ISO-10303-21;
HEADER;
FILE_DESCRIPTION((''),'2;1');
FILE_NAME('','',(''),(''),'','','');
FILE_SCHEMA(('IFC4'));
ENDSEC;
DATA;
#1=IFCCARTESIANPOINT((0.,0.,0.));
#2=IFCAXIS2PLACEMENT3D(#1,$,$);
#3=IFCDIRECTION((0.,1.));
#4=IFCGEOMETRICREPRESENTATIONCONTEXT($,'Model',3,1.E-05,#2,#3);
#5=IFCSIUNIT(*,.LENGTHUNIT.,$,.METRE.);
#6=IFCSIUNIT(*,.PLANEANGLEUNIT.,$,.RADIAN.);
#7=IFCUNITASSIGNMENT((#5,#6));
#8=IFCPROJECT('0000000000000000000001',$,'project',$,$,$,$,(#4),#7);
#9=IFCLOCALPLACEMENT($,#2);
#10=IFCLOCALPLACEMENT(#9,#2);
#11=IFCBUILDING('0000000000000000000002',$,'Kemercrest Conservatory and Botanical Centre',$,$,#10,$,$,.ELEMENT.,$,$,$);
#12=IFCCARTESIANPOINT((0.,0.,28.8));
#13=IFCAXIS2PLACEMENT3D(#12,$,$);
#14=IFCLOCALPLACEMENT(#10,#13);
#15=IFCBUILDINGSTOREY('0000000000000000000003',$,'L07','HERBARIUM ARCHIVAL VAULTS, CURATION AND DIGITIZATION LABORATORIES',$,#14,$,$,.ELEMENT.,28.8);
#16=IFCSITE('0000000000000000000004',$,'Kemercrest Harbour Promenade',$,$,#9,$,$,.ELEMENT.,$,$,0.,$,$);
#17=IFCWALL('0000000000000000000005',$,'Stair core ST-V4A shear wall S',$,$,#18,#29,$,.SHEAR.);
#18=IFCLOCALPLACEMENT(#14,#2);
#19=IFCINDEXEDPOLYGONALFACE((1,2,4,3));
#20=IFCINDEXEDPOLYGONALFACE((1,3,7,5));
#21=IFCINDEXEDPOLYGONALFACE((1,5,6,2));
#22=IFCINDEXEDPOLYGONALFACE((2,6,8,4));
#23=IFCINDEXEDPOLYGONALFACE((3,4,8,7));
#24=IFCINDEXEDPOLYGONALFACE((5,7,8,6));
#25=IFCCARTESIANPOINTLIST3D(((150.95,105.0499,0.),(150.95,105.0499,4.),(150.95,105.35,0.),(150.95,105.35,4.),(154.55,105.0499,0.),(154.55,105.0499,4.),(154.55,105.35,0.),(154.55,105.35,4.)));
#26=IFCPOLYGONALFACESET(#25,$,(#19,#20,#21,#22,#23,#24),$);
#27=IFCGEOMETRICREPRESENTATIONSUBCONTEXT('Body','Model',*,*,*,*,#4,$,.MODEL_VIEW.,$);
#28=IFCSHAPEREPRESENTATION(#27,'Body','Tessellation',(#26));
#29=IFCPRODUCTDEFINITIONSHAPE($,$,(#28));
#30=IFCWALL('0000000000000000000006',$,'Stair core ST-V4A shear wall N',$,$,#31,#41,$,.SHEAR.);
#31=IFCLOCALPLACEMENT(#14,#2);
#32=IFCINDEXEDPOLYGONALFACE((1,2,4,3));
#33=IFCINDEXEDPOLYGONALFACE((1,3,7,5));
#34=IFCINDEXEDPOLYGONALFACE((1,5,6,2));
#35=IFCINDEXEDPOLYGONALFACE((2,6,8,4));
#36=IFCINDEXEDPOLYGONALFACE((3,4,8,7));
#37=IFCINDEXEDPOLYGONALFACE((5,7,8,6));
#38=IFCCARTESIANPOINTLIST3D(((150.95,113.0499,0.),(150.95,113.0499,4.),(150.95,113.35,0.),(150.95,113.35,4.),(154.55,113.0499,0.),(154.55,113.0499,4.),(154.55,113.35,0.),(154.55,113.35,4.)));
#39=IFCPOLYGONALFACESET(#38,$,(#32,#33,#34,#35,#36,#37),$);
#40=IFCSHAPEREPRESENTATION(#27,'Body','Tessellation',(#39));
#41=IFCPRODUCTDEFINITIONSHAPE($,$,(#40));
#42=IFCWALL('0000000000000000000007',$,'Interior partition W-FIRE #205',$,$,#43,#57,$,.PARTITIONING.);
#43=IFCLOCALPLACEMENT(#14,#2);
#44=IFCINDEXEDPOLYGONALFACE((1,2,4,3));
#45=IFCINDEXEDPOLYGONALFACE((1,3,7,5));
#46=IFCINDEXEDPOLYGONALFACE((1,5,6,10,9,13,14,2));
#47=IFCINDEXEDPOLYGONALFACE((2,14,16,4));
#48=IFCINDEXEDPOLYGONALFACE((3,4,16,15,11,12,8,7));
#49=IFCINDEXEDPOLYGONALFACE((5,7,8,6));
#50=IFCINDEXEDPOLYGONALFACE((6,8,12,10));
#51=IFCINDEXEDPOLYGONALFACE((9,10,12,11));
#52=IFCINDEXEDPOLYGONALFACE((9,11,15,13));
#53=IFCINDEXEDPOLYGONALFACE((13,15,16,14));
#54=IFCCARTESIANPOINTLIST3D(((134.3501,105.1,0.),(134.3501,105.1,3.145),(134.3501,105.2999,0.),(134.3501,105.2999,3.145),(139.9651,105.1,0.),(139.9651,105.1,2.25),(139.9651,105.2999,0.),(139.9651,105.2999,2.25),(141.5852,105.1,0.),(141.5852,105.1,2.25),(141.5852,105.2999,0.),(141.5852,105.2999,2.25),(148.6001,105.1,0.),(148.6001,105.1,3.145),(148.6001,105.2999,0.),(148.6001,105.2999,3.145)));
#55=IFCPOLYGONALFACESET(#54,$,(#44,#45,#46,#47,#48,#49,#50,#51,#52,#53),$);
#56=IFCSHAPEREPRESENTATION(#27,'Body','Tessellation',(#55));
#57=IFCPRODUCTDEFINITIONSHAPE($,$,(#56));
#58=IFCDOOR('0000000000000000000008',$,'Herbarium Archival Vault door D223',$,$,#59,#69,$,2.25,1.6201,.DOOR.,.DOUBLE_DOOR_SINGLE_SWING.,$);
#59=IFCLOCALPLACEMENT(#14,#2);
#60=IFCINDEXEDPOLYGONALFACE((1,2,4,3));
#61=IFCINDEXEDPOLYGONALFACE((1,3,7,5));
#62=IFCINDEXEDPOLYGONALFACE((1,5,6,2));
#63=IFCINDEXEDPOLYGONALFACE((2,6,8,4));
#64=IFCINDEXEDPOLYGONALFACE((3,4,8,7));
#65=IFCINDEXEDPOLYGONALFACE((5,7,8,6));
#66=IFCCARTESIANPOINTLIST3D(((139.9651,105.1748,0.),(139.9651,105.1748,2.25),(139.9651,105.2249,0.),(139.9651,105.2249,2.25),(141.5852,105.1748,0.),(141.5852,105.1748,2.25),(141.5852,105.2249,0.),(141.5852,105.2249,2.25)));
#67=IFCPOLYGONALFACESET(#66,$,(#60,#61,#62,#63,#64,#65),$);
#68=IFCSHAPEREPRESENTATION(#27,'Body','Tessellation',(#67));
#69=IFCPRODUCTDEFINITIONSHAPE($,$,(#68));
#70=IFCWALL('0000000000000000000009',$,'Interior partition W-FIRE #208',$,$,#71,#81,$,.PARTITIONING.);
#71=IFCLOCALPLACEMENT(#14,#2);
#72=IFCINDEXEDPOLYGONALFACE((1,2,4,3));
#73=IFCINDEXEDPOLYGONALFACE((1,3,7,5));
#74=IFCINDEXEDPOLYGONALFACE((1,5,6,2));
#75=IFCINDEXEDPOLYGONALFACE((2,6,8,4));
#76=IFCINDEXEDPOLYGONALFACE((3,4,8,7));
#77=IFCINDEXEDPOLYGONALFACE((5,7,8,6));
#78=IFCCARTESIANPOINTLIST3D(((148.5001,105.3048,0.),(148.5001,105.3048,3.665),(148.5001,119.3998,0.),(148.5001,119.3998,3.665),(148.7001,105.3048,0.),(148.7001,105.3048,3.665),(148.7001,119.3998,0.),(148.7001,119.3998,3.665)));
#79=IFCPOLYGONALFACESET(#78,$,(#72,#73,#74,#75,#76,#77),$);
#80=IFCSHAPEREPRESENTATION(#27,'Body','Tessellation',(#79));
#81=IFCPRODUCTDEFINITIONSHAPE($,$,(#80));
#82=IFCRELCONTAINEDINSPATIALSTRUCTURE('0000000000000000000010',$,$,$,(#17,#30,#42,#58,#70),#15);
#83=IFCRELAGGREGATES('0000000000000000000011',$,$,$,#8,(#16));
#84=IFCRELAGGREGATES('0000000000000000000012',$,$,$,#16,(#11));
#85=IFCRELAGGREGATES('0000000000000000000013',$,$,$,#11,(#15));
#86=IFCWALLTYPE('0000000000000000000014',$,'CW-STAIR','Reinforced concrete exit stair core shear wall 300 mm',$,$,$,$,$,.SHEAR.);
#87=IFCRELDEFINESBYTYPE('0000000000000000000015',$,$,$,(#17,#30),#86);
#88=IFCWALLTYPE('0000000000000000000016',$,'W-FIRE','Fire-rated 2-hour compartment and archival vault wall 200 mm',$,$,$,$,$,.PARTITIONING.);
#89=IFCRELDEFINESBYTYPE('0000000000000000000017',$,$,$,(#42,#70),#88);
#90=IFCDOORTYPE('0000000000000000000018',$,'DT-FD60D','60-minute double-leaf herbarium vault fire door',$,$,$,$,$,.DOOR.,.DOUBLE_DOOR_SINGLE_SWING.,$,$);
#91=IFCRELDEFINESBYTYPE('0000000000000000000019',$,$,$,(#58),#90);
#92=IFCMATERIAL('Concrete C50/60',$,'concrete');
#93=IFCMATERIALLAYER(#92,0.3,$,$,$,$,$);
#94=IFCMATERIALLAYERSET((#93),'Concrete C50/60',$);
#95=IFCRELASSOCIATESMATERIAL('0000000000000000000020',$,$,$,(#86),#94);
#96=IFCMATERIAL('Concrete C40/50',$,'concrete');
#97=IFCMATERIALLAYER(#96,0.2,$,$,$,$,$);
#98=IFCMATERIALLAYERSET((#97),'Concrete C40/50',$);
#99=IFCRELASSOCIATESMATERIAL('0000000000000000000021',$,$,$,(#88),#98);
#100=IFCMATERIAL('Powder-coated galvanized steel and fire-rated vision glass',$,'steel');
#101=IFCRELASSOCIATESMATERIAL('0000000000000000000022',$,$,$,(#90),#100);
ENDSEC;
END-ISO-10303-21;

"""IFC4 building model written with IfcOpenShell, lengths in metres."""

from ifc_helpers import new_model, si_unit, direction, frame, frame_2d, origin, place, context, subcontext, project, spatial, rectangle, extrude, material, layer, layer_set, type_object, element, fill, save


model = new_model("IFC4")

# Units and contexts
model_context = context("Model", 3, precision=1e-05, world=origin(), true_north=direction((0.0, 1.0)))
body_context = subcontext(model_context, "Body", "Model", "MODEL_VIEW")
ifc_project = project(units=[si_unit("LENGTHUNIT", "METRE"), si_unit("PLANEANGLEUNIT", "RADIAN")], contexts=[model_context])

# Site, building, storey
site_placement = place(None, origin())
site = spatial("IfcSite", under=ifc_project, at=site_placement, Name="Kemercrest Harbour Promenade", CompositionType="ELEMENT", RefElevation=0.0)
building_placement = place(site_placement, origin())
building = spatial("IfcBuilding", under=site, at=building_placement, Name="Kemercrest Conservatory and Botanical Centre", CompositionType="ELEMENT")
storey_placement = place(building_placement, frame((0.0, 0.0, 28.8)))
storey = spatial("IfcBuildingStorey", under=building, at=storey_placement, Name="L07", Description="HERBARIUM ARCHIVAL VAULTS, CURATION AND DIGITIZATION LABORATORIES", CompositionType="ELEMENT", Elevation=28.8)

# Shared definitions
ifc_material_1 = material(Name="Concrete C50/60", Category="concrete")

# Shared definitions
ifc_material_2 = material(Name="Concrete C40/50", Category="concrete")

# Walls
ifc_layer_1 = layer(ifc_material_1, 0.3)
ifc_layer_set_1 = layer_set([ifc_layer_1], Name="Concrete C50/60")
wall_type_1 = type_object("IfcWallType", Name="CW-STAIR", Description="Reinforced concrete exit stair core shear wall 300 mm", PredefinedType="SHEAR", material=ifc_layer_set_1)
for number, where, z_axis, x_axis, name in (
    (1, (150.95, 105.2, 0.0), (0.0, 0.0, 1.0), (1.0, 0.0, 0.0), "Stair core ST-V4A shear wall S"),
    (2, (150.95, 113.2, 0.0), (0.0, 0.0, 1.0), (1.0, 0.0, 0.0), "Stair core ST-V4A shear wall N"),
):
    element("IfcWall", number, at=place(storey_placement, frame(where, z_axis=z_axis, x_axis=x_axis)), inside=storey, type_object=wall_type_1, Name=name, PredefinedType="SHEAR", context=body_context, shape_type="SweptSolid", body=[
        extrude(rectangle(XDim=3.6001, YDim=0.3, at=frame_2d((1.8, 0.0))), origin(), (0.0, 0.0, 1.0), 4.0),
    ])

# Wall, opening, door
ifc_layer_2 = layer(ifc_material_2, 0.2)
ifc_layer_set_2 = layer_set([ifc_layer_2], Name="Concrete C40/50")
wall_type_2 = type_object("IfcWallType", Name="W-FIRE", Description="Fire-rated 2-hour compartment and archival vault wall 200 mm", PredefinedType="PARTITIONING", material=ifc_layer_set_2)
wall_1_placement = place(storey_placement, frame((134.3501, 105.2, 0.0), z_axis=(0.0, 0.0, 1.0), x_axis=(1.0, 0.0, 0.0)))
wall_1 = element("IfcWall", 3, at=wall_1_placement, inside=storey, type_object=wall_type_2, Name="Interior partition W-FIRE #205", PredefinedType="PARTITIONING", context=body_context, shape_type="SweptSolid", body=[
    extrude(rectangle(XDim=14.25, YDim=0.2, at=frame_2d((7.125, 0.0))), origin(), (0.0, 0.0, 1.0), 3.145),
])
opening_placement = place(wall_1_placement, frame((5.615, 0.0, 0.0)))
opening = element("IfcOpeningElement", 4, at=opening_placement, cuts=wall_1, PredefinedType="OPENING", context=body_context, shape_type="SweptSolid", body=[
    extrude(rectangle(XDim=1.6201, YDim=2.25, at=frame_2d((0.8101, 1.125))), frame((0.0, 0.1099, 0.0), z_axis=(0.0, -1.0, 0.0), x_axis=(1.0, 0.0, 0.0)), (0.0, 0.0, 1.0), 0.22),
])
ifc_material_3 = material(Name="Powder-coated galvanized steel and fire-rated vision glass", Category="steel")
door_type = type_object("IfcDoorType", Name="DT-FD60D", Description="60-minute double-leaf herbarium vault fire door", OperationType="DOUBLE_DOOR_SINGLE_SWING", PredefinedType="DOOR", material=ifc_material_3)
door_placement = place(opening_placement, origin())
door = element("IfcDoor", 5, at=door_placement, inside=storey, type_object=door_type, Name="Herbarium Archival Vault door D223", OperationType="DOUBLE_DOOR_SINGLE_SWING", OverallHeight=2.25, OverallWidth=1.6201, PredefinedType="DOOR", context=body_context, shape_type="SweptSolid", body=[
    extrude(rectangle(XDim=1.6201, YDim=2.25, at=frame_2d((0.8101, 1.125))), frame((0.0, 0.0249, 0.0), z_axis=(0.0, -1.0, 0.0), x_axis=(1.0, 0.0, 0.0)), (0.0, 0.0, 1.0), 0.05),
])
fill(opening, door)

# Wall
wall_2_placement = place(storey_placement, frame((148.6001, 105.3049, 0.0), z_axis=(0.0, 0.0, 1.0), x_axis=(0.0, 1.0, 0.0)))
element("IfcWall", 6, at=wall_2_placement, inside=storey, type_object=wall_type_2, Name="Interior partition W-FIRE #208", PredefinedType="PARTITIONING", context=body_context, shape_type="SweptSolid", body=[
    extrude(rectangle(XDim=14.095, YDim=0.2, at=frame_2d((7.0474, 0.0))), origin(), (0.0, 0.0, 1.0), 3.665),
])

save(model, "model.ifc")
